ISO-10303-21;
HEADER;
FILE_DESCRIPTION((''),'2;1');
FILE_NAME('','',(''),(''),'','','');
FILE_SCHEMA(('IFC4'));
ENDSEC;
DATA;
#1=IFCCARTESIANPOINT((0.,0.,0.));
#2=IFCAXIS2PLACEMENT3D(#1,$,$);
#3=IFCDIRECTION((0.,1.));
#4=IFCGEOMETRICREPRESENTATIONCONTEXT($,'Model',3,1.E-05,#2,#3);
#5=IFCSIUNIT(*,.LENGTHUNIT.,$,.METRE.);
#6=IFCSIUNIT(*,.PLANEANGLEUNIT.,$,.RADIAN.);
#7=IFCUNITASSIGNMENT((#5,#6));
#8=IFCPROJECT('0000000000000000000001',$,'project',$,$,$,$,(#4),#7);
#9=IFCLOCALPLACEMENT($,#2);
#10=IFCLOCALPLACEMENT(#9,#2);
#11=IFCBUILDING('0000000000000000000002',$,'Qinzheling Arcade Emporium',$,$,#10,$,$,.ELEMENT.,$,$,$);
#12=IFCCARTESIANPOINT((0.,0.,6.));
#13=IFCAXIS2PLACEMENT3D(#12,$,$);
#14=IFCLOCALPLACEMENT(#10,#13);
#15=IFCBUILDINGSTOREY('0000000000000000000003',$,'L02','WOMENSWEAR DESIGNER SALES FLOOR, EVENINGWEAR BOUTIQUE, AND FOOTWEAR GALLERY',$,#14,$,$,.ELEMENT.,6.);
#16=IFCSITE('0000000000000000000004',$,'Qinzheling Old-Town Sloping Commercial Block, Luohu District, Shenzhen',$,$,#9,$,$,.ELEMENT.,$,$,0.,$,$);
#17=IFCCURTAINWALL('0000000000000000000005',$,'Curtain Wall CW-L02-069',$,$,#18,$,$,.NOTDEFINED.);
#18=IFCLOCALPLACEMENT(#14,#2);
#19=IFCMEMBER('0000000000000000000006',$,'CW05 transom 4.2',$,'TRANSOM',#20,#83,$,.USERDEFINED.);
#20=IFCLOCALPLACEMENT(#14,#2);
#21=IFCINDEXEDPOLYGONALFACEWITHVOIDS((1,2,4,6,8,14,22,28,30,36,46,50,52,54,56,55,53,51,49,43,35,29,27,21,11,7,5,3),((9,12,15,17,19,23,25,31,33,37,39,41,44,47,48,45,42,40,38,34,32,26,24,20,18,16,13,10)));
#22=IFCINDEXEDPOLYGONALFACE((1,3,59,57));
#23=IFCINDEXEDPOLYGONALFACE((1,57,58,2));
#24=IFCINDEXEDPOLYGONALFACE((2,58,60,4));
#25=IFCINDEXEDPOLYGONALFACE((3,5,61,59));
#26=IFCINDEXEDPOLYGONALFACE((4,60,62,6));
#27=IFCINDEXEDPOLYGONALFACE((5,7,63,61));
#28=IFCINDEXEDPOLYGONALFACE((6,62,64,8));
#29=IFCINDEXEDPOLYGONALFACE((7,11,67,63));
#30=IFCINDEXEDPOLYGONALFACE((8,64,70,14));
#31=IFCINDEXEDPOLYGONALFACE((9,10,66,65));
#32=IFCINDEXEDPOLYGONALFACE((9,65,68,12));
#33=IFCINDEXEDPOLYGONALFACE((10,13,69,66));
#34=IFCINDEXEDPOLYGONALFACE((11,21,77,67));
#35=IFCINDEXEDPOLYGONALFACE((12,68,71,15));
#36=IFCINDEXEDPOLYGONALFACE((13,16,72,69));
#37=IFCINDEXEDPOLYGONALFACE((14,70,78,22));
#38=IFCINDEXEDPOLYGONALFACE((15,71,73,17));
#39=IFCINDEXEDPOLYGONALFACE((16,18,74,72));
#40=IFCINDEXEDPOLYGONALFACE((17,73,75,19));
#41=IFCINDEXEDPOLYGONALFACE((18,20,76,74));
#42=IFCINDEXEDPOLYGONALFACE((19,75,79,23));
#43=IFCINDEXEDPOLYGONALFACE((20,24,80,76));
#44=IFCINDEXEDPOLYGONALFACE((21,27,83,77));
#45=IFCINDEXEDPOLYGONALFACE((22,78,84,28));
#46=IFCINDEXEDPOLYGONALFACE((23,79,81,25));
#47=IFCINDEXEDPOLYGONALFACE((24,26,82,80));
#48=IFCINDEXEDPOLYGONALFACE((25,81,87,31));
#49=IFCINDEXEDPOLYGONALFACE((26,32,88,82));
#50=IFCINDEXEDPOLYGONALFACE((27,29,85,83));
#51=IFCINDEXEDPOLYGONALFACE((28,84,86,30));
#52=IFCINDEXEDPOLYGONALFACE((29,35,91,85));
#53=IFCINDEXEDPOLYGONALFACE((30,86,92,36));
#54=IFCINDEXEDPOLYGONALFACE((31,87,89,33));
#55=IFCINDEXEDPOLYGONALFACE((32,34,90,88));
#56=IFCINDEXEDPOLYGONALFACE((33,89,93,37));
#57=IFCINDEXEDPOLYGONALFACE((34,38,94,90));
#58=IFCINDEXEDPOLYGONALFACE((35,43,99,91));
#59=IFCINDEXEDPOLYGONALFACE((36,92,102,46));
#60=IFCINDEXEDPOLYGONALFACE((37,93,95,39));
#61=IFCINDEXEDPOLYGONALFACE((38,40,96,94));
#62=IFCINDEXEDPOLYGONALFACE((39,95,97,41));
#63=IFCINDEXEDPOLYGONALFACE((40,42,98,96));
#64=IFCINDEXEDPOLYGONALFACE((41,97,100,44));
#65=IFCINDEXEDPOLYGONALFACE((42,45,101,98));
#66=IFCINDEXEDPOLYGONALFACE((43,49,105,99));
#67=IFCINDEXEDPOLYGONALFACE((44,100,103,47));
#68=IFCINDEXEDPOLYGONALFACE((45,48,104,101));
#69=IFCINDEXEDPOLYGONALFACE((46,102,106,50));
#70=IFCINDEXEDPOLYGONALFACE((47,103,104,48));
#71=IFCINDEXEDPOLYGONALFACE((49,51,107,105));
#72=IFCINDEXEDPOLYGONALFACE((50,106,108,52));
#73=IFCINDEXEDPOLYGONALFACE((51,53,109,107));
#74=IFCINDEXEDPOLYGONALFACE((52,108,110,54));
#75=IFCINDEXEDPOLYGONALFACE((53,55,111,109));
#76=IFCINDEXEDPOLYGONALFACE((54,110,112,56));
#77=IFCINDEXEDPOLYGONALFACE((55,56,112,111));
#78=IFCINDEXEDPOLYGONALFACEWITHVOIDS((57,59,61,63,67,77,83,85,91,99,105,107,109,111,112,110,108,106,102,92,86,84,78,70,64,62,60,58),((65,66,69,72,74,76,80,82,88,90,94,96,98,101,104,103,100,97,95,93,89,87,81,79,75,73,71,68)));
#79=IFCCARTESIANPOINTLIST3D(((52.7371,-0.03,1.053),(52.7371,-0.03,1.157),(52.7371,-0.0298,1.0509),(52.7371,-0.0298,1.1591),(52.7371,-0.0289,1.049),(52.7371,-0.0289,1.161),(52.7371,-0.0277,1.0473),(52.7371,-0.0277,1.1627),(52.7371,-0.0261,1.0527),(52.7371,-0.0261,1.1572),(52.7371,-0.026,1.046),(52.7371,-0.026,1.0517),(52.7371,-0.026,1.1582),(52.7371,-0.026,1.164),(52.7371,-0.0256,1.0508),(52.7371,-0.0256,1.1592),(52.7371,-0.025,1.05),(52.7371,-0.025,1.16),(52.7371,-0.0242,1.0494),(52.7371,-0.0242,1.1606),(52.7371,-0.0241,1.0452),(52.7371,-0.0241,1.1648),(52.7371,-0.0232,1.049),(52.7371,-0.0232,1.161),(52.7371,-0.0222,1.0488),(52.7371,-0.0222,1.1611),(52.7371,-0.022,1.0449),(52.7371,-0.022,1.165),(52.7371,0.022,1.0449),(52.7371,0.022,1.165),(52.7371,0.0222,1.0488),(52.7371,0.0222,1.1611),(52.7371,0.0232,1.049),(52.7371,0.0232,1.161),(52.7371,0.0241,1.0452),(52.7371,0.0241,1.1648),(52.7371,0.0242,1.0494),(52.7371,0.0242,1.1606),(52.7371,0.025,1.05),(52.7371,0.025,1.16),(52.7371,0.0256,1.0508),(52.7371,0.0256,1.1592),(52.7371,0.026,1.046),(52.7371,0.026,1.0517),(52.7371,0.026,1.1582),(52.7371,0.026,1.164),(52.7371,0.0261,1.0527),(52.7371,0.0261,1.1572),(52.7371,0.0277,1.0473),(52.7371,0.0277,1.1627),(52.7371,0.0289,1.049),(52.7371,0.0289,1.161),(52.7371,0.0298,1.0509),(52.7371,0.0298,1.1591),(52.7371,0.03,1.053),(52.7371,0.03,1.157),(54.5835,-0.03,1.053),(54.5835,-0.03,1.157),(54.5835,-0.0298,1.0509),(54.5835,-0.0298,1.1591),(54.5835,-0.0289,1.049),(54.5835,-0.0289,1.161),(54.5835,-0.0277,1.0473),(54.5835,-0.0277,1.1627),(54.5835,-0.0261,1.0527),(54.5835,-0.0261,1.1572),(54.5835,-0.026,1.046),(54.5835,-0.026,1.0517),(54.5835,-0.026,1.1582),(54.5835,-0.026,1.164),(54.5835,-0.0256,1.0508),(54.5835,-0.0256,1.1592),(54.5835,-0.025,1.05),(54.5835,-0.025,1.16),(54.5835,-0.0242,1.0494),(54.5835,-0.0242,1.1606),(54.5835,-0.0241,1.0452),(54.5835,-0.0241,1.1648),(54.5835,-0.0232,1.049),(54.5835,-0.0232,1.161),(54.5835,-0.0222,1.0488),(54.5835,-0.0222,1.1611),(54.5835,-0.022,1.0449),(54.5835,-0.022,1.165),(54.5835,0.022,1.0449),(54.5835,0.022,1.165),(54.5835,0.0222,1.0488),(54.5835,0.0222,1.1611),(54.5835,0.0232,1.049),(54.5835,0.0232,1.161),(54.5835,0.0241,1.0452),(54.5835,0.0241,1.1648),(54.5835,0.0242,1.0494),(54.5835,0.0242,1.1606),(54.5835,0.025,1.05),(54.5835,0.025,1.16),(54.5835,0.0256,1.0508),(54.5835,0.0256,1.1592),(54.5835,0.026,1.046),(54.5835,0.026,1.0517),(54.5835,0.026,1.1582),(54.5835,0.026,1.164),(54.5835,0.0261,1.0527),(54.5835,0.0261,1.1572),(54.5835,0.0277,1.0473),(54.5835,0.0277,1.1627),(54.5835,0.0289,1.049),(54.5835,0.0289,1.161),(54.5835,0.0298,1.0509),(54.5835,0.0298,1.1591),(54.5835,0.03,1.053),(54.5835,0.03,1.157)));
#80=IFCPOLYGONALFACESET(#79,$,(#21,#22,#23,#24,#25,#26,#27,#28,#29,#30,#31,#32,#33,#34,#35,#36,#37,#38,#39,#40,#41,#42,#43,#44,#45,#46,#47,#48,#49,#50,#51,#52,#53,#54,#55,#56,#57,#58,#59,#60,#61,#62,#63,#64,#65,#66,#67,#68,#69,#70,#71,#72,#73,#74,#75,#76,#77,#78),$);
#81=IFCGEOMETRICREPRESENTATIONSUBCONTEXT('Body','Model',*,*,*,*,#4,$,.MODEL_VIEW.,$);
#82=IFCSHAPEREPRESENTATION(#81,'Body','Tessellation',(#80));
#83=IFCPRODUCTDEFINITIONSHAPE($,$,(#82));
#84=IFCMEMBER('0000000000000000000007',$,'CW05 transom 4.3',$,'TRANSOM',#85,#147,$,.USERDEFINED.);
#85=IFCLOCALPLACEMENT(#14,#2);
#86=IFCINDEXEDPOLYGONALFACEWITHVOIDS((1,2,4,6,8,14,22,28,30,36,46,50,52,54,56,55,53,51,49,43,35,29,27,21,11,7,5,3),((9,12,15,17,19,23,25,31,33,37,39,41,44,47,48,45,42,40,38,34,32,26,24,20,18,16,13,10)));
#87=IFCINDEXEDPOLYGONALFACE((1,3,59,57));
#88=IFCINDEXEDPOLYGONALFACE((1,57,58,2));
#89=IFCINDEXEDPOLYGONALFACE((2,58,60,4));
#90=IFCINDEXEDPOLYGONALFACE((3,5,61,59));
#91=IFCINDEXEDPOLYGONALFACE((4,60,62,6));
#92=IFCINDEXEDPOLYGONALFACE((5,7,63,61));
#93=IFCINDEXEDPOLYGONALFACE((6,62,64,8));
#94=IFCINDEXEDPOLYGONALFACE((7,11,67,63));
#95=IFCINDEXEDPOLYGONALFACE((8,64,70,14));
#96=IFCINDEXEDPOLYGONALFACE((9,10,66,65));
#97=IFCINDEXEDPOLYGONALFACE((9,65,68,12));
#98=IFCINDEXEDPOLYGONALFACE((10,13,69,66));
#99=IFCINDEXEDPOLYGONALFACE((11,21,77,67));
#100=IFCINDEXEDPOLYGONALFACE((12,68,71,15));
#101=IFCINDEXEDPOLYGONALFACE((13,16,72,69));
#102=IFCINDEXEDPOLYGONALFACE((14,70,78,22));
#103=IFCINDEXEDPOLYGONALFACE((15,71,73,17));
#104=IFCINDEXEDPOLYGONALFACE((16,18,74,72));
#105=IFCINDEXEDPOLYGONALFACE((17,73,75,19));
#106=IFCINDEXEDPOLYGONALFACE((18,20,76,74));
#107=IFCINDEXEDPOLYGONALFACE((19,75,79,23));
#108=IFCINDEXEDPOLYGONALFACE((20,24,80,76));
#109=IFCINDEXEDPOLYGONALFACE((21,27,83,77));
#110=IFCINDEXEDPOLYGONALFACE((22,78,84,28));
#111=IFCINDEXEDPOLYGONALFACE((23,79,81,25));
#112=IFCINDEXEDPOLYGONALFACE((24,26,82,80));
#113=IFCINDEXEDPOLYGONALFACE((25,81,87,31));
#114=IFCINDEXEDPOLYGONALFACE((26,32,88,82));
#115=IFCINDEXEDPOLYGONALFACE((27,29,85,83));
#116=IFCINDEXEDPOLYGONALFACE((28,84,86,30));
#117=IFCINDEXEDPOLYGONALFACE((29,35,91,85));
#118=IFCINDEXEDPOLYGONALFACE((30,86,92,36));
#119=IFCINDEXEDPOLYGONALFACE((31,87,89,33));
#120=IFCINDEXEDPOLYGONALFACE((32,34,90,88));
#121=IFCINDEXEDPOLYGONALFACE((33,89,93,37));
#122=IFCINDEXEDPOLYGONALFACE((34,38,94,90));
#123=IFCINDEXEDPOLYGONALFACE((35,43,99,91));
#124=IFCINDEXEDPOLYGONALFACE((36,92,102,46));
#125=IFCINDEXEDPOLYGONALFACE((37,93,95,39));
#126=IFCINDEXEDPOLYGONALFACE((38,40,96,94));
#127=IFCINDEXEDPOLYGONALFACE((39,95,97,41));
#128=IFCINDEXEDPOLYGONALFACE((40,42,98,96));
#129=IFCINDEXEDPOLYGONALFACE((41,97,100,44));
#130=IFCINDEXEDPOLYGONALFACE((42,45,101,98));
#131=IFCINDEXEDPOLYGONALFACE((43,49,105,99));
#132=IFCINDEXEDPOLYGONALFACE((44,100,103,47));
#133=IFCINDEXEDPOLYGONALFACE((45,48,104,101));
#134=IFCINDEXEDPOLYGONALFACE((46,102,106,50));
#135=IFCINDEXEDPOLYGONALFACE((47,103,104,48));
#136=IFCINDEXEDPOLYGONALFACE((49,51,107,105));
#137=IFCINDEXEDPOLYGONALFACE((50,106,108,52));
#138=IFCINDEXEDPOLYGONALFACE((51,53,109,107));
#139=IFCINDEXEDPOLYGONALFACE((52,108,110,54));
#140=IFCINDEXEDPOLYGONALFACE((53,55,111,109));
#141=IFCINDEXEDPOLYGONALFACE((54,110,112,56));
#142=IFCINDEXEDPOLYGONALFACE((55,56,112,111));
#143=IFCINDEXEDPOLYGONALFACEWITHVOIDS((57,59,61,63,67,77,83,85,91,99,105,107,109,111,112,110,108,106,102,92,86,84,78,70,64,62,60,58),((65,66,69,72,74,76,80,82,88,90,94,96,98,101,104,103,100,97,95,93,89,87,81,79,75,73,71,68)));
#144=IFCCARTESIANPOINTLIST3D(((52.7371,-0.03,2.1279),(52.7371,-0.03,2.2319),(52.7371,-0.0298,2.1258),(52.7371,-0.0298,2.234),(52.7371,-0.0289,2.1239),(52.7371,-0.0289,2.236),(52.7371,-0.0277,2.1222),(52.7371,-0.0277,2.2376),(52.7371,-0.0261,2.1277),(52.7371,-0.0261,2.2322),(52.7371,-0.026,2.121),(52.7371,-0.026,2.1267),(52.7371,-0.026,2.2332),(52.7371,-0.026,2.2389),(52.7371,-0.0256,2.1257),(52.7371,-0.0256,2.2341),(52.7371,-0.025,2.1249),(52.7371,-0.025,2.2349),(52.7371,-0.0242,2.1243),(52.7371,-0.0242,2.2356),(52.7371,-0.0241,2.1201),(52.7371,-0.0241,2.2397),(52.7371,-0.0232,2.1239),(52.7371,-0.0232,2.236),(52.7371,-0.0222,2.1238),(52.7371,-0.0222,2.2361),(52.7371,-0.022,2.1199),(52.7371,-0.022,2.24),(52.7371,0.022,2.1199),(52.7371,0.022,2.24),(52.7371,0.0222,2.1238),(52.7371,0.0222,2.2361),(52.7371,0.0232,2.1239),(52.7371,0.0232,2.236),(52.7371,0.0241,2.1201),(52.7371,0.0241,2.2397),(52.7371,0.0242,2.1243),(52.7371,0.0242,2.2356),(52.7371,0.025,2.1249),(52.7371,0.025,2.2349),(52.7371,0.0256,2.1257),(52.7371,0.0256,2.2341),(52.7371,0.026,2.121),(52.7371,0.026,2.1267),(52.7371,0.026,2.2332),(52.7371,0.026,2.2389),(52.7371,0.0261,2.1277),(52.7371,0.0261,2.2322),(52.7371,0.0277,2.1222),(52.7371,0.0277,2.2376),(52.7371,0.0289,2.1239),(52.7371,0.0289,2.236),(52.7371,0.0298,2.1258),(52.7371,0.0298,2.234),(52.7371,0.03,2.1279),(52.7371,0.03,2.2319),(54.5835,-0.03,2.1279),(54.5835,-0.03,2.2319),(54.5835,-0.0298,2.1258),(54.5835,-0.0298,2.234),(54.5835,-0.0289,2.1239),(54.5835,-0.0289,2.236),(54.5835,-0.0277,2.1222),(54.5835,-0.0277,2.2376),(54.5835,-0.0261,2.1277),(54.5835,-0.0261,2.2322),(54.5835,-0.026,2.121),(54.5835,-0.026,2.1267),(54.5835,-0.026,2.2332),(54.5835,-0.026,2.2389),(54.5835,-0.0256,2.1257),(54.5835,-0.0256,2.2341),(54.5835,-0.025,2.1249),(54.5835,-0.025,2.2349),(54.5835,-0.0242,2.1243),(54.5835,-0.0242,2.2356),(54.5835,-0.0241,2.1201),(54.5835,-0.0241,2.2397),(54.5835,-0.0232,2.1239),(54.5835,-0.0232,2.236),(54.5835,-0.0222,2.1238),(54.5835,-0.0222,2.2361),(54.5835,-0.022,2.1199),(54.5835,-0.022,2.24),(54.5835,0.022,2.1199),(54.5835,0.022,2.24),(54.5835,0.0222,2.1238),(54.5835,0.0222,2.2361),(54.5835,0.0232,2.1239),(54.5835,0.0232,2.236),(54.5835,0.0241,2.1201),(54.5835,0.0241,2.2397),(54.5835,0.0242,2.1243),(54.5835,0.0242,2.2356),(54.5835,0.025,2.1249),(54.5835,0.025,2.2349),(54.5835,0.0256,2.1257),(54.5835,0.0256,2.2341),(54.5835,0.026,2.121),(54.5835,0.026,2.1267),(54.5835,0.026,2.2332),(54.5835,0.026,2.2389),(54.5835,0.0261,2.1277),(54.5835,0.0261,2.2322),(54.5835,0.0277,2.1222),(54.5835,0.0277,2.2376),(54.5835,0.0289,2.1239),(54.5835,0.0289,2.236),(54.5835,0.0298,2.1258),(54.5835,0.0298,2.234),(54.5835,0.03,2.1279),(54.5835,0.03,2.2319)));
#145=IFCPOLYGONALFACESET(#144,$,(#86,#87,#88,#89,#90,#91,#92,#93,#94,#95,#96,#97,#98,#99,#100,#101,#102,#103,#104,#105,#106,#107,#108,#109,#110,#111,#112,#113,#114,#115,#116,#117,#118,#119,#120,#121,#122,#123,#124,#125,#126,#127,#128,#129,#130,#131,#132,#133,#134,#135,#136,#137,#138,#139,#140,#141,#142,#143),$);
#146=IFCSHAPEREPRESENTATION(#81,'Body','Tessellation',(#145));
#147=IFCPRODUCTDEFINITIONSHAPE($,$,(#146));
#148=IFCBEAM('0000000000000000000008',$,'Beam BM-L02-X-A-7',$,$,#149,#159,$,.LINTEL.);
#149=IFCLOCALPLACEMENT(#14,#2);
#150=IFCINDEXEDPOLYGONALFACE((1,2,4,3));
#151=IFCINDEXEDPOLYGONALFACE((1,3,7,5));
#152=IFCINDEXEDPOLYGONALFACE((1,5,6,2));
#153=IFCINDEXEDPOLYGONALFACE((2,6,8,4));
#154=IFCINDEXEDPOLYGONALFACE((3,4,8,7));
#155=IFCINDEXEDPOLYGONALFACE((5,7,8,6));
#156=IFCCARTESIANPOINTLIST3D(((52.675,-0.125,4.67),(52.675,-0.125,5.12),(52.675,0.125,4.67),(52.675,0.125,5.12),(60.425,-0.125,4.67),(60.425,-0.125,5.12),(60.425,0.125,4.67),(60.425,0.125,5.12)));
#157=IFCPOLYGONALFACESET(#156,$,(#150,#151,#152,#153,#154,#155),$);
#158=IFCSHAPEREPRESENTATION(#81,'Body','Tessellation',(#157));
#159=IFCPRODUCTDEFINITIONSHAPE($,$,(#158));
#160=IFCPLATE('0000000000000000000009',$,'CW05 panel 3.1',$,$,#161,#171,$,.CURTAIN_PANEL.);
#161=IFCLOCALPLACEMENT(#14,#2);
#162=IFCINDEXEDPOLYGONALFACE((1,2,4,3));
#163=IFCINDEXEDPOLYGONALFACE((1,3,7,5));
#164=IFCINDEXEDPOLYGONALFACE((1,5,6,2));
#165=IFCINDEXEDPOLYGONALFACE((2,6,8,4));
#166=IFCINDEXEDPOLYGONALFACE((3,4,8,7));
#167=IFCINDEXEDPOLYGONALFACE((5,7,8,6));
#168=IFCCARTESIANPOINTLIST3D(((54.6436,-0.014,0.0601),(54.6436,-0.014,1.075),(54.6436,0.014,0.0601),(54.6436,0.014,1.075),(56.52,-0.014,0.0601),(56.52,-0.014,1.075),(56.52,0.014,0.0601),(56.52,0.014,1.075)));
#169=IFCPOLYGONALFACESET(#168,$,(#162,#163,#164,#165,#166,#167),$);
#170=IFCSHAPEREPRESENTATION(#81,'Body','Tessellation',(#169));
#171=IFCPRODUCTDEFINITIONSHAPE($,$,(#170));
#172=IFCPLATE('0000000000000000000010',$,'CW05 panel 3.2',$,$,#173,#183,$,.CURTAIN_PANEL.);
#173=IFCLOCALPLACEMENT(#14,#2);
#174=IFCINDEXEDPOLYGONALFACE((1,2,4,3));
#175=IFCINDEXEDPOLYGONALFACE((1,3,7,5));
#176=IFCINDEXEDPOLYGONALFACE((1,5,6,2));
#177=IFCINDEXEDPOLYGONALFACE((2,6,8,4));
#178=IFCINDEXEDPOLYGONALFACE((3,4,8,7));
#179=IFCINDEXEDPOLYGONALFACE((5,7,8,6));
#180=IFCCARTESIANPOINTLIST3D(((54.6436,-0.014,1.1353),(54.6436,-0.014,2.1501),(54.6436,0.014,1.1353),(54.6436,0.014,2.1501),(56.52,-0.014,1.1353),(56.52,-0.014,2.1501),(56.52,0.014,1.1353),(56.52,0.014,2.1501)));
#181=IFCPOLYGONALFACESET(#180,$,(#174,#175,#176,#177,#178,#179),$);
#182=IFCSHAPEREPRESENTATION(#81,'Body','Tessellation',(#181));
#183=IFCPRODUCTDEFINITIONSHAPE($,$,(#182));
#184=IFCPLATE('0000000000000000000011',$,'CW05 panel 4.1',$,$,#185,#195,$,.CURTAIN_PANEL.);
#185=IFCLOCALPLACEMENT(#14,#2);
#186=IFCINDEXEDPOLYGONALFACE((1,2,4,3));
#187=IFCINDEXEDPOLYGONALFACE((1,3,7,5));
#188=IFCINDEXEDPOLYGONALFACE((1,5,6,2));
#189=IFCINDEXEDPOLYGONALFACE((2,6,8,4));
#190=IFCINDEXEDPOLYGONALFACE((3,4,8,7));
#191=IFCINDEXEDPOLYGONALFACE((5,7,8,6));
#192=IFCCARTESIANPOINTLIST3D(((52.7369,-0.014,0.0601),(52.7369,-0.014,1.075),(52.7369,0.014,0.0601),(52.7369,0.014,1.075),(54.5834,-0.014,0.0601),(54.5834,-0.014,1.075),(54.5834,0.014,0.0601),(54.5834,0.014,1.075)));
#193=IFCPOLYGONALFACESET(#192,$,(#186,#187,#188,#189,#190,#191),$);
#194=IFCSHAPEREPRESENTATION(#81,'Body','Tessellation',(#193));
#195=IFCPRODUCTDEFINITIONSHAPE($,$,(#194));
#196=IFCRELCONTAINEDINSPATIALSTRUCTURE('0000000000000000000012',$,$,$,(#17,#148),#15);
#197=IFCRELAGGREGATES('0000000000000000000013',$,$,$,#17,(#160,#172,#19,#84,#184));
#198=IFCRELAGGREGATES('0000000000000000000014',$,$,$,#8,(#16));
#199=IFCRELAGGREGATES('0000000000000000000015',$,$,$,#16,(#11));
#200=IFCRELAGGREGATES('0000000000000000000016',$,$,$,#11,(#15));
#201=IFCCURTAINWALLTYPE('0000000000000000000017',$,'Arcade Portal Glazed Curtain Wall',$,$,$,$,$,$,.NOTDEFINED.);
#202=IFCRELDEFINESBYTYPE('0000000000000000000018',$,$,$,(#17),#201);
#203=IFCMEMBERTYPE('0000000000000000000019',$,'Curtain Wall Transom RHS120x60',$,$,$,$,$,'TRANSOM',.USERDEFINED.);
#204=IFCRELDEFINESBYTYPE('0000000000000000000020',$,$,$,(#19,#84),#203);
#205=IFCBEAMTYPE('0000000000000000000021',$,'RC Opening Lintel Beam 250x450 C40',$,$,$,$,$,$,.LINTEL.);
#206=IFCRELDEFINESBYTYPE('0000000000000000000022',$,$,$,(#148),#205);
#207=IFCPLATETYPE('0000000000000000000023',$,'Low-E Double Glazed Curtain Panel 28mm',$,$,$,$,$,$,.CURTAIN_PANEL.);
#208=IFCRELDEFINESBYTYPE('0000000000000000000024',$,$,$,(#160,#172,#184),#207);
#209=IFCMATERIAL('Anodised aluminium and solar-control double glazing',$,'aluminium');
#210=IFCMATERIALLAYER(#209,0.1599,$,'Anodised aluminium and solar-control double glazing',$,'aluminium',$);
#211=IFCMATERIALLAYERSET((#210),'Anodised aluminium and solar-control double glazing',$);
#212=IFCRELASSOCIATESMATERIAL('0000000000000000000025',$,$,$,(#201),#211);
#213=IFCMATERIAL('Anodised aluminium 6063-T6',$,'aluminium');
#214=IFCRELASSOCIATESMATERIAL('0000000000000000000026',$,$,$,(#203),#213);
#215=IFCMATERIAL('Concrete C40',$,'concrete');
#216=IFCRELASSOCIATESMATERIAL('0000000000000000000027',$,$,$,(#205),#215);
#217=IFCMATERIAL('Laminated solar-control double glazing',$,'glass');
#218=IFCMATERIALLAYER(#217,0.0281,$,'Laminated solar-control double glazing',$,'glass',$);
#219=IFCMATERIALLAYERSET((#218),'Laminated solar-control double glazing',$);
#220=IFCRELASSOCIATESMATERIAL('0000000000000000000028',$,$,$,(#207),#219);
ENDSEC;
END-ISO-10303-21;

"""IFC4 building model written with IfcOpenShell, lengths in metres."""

from ifc_helpers import new_model, si_unit, direction, frame, origin, origin_2d, place, context, subcontext, project, spatial, rectangle, hollow_rectangle, extrude, material, layer, layer_set, material_profile, profile_set, type_object, element, aggregate, save


model = new_model("IFC4")

# Units and contexts
model_context = context("Model", 3, precision=1e-05, world=origin(), true_north=direction((0.0, 1.0)))
body_context = subcontext(model_context, "Body", "Model", "MODEL_VIEW")
ifc_project = project(units=[si_unit("LENGTHUNIT", "METRE"), si_unit("PLANEANGLEUNIT", "RADIAN")], contexts=[model_context])

# Site, building, storey
site_placement = place(None, origin())
site = spatial("IfcSite", under=ifc_project, at=site_placement, Name="Qinzheling Old-Town Sloping Commercial Block, Luohu District, Shenzhen", CompositionType="ELEMENT", RefElevation=0.0)
building_placement = place(site_placement, origin())
building = spatial("IfcBuilding", under=site, at=building_placement, Name="Qinzheling Arcade Emporium", CompositionType="ELEMENT")
storey_placement = place(building_placement, frame((0.0, 0.0, 6.0)))
storey = spatial("IfcBuildingStorey", under=building, at=storey_placement, Name="L02", Description="WOMENSWEAR DESIGNER SALES FLOOR, EVENINGWEAR BOUTIQUE, AND FOOTWEAR GALLERY", CompositionType="ELEMENT", Elevation=6.0)

# Curtain wall, members
ifc_material_1 = material(Name="Anodised aluminium and solar-control double glazing", Category="aluminium")
ifc_layer_1 = layer(ifc_material_1, 0.1599, Name="Anodised aluminium and solar-control double glazing", Category="aluminium")
ifc_layer_set_1 = layer_set([ifc_layer_1], Name="Anodised aluminium and solar-control double glazing")
curtain_wall_type = type_object("IfcCurtainWallType", Name="Arcade Portal Glazed Curtain Wall", PredefinedType="NOTDEFINED", material=ifc_layer_set_1)
curtain_wall_placement = place(storey_placement, origin())
curtain_wall = element("IfcCurtainWall", 1, at=curtain_wall_placement, inside=storey, type_object=curtain_wall_type, Name="Curtain Wall CW-L02-069", PredefinedType="NOTDEFINED")
ifc_material_2 = material(Name="Anodised aluminium 6063-T6", Category="aluminium")
ifc_material_profile_1 = material_profile(ifc_material_2, hollow_rectangle(XDim=0.0601, YDim=0.1201, WallThickness=0.0039, InnerFilletRadius=0.0039, OuterFilletRadius=0.0081, at=origin_2d()), Name="RHS 120x60x4", Category="aluminium")
ifc_profile_set_1 = profile_set([ifc_material_profile_1], Name="Anodised aluminium 6063-T6")
member_type_1 = type_object("IfcMemberType", Name="Curtain Wall Transom RHS120x60", ElementType="TRANSOM", PredefinedType="USERDEFINED", material=ifc_profile_set_1)
member_1_placement = place(storey_placement, frame((54.5835, 0.0, 1.105), z_axis=(-1.0, 0.0, 0.0), x_axis=(0.0, -1.0, 0.0)))
member_1 = element("IfcMember", 2, at=member_1_placement, type_object=member_type_1, Name="CW05 transom 4.2", ObjectType="TRANSOM", PredefinedType="USERDEFINED", context=body_context, shape_type="SweptSolid", body=[
    extrude(hollow_rectangle(XDim=0.0601, YDim=0.1201, WallThickness=0.0039, InnerFilletRadius=0.0039, OuterFilletRadius=0.0081, at=origin_2d()), origin(), (0.0, 0.0, 1.0), 1.8464),
])
member_2_placement = place(storey_placement, frame((54.5835, 0.0, 2.1799), z_axis=(-1.0, 0.0, 0.0), x_axis=(0.0, -1.0, 0.0)))
member_2 = element("IfcMember", 3, at=member_2_placement, type_object=member_type_1, Name="CW05 transom 4.3", ObjectType="TRANSOM", PredefinedType="USERDEFINED", context=body_context, shape_type="SweptSolid", body=[
    extrude(hollow_rectangle(XDim=0.0601, YDim=0.1201, WallThickness=0.0039, InnerFilletRadius=0.0039, OuterFilletRadius=0.0081, at=origin_2d()), origin(), (0.0, 0.0, 1.0), 1.8464),
])

# Beam
ifc_material_3 = material(Name="Concrete C40", Category="concrete")
ifc_material_profile_2 = material_profile(ifc_material_3, rectangle(XDim=0.25, YDim=0.45, at=origin_2d()), Name="RC 250x450", Category="concrete")
ifc_profile_set_2 = profile_set([ifc_material_profile_2], Name="Concrete C40")
beam_type_1 = type_object("IfcBeamType", Name="RC Opening Lintel Beam 250x450 C40", PredefinedType="LINTEL", material=ifc_profile_set_2)
beam_1_placement = place(storey_placement, frame((52.675, 0.0, 4.895), z_axis=(1.0, 0.0, 0.0), x_axis=(0.0, 1.0, 0.0)))
element("IfcBeam", 4, at=beam_1_placement, inside=storey, type_object=beam_type_1, Name="Beam BM-L02-X-A-7", PredefinedType="LINTEL", context=body_context, shape_type="SweptSolid", body=[
    extrude(rectangle(XDim=0.25, YDim=0.45, at=origin_2d()), origin(), (0.0, 0.0, 1.0), 7.75),
])

# Plates
ifc_material_4 = material(Name="Laminated solar-control double glazing", Category="glass")
ifc_layer_2 = layer(ifc_material_4, 0.0281, Name="Laminated solar-control double glazing", Category="glass")
ifc_layer_set_2 = layer_set([ifc_layer_2], Name="Laminated solar-control double glazing")
plate_type = type_object("IfcPlateType", Name="Low-E Double Glazed Curtain Panel 28mm", PredefinedType="CURTAIN_PANEL", material=ifc_layer_set_2)
plate_1_placement = place(storey_placement, frame((55.5818, 0.0, 0.0601), z_axis=(0.0, 0.0, 1.0), x_axis=(-1.0, 0.0, 0.0)))
plate_1 = element("IfcPlate", 5, at=plate_1_placement, type_object=plate_type, Name="CW05 panel 3.1", PredefinedType="CURTAIN_PANEL", context=body_context, shape_type="SweptSolid", body=[
    extrude(rectangle(XDim=1.8765, YDim=0.0281, at=origin_2d()), origin(), (0.0, 0.0, 1.0), 1.0149),
])
plate_2_placement = place(storey_placement, frame((55.5818, 0.0, 1.1353), z_axis=(0.0, 0.0, 1.0), x_axis=(-1.0, 0.0, 0.0)))
plate_2 = element("IfcPlate", 6, at=plate_2_placement, type_object=plate_type, Name="CW05 panel 3.2", PredefinedType="CURTAIN_PANEL", context=body_context, shape_type="SweptSolid", body=[
    extrude(rectangle(XDim=1.8765, YDim=0.0281, at=origin_2d()), origin(), (0.0, 0.0, 1.0), 1.0149),
])
plate_3_placement = place(storey_placement, frame((53.6602, 0.0, 0.0601), z_axis=(0.0, 0.0, 1.0), x_axis=(-1.0, 0.0, 0.0)))
plate_3 = element("IfcPlate", 7, at=plate_3_placement, type_object=plate_type, Name="CW05 panel 4.1", PredefinedType="CURTAIN_PANEL", context=body_context, shape_type="SweptSolid", body=[
    extrude(rectangle(XDim=1.8464, YDim=0.0281, at=origin_2d()), origin(), (0.0, 0.0, 1.0), 1.0149),
])
aggregate(curtain_wall, [plate_1, plate_2, member_1, member_2, plate_3])

save(model, "model.ifc")
